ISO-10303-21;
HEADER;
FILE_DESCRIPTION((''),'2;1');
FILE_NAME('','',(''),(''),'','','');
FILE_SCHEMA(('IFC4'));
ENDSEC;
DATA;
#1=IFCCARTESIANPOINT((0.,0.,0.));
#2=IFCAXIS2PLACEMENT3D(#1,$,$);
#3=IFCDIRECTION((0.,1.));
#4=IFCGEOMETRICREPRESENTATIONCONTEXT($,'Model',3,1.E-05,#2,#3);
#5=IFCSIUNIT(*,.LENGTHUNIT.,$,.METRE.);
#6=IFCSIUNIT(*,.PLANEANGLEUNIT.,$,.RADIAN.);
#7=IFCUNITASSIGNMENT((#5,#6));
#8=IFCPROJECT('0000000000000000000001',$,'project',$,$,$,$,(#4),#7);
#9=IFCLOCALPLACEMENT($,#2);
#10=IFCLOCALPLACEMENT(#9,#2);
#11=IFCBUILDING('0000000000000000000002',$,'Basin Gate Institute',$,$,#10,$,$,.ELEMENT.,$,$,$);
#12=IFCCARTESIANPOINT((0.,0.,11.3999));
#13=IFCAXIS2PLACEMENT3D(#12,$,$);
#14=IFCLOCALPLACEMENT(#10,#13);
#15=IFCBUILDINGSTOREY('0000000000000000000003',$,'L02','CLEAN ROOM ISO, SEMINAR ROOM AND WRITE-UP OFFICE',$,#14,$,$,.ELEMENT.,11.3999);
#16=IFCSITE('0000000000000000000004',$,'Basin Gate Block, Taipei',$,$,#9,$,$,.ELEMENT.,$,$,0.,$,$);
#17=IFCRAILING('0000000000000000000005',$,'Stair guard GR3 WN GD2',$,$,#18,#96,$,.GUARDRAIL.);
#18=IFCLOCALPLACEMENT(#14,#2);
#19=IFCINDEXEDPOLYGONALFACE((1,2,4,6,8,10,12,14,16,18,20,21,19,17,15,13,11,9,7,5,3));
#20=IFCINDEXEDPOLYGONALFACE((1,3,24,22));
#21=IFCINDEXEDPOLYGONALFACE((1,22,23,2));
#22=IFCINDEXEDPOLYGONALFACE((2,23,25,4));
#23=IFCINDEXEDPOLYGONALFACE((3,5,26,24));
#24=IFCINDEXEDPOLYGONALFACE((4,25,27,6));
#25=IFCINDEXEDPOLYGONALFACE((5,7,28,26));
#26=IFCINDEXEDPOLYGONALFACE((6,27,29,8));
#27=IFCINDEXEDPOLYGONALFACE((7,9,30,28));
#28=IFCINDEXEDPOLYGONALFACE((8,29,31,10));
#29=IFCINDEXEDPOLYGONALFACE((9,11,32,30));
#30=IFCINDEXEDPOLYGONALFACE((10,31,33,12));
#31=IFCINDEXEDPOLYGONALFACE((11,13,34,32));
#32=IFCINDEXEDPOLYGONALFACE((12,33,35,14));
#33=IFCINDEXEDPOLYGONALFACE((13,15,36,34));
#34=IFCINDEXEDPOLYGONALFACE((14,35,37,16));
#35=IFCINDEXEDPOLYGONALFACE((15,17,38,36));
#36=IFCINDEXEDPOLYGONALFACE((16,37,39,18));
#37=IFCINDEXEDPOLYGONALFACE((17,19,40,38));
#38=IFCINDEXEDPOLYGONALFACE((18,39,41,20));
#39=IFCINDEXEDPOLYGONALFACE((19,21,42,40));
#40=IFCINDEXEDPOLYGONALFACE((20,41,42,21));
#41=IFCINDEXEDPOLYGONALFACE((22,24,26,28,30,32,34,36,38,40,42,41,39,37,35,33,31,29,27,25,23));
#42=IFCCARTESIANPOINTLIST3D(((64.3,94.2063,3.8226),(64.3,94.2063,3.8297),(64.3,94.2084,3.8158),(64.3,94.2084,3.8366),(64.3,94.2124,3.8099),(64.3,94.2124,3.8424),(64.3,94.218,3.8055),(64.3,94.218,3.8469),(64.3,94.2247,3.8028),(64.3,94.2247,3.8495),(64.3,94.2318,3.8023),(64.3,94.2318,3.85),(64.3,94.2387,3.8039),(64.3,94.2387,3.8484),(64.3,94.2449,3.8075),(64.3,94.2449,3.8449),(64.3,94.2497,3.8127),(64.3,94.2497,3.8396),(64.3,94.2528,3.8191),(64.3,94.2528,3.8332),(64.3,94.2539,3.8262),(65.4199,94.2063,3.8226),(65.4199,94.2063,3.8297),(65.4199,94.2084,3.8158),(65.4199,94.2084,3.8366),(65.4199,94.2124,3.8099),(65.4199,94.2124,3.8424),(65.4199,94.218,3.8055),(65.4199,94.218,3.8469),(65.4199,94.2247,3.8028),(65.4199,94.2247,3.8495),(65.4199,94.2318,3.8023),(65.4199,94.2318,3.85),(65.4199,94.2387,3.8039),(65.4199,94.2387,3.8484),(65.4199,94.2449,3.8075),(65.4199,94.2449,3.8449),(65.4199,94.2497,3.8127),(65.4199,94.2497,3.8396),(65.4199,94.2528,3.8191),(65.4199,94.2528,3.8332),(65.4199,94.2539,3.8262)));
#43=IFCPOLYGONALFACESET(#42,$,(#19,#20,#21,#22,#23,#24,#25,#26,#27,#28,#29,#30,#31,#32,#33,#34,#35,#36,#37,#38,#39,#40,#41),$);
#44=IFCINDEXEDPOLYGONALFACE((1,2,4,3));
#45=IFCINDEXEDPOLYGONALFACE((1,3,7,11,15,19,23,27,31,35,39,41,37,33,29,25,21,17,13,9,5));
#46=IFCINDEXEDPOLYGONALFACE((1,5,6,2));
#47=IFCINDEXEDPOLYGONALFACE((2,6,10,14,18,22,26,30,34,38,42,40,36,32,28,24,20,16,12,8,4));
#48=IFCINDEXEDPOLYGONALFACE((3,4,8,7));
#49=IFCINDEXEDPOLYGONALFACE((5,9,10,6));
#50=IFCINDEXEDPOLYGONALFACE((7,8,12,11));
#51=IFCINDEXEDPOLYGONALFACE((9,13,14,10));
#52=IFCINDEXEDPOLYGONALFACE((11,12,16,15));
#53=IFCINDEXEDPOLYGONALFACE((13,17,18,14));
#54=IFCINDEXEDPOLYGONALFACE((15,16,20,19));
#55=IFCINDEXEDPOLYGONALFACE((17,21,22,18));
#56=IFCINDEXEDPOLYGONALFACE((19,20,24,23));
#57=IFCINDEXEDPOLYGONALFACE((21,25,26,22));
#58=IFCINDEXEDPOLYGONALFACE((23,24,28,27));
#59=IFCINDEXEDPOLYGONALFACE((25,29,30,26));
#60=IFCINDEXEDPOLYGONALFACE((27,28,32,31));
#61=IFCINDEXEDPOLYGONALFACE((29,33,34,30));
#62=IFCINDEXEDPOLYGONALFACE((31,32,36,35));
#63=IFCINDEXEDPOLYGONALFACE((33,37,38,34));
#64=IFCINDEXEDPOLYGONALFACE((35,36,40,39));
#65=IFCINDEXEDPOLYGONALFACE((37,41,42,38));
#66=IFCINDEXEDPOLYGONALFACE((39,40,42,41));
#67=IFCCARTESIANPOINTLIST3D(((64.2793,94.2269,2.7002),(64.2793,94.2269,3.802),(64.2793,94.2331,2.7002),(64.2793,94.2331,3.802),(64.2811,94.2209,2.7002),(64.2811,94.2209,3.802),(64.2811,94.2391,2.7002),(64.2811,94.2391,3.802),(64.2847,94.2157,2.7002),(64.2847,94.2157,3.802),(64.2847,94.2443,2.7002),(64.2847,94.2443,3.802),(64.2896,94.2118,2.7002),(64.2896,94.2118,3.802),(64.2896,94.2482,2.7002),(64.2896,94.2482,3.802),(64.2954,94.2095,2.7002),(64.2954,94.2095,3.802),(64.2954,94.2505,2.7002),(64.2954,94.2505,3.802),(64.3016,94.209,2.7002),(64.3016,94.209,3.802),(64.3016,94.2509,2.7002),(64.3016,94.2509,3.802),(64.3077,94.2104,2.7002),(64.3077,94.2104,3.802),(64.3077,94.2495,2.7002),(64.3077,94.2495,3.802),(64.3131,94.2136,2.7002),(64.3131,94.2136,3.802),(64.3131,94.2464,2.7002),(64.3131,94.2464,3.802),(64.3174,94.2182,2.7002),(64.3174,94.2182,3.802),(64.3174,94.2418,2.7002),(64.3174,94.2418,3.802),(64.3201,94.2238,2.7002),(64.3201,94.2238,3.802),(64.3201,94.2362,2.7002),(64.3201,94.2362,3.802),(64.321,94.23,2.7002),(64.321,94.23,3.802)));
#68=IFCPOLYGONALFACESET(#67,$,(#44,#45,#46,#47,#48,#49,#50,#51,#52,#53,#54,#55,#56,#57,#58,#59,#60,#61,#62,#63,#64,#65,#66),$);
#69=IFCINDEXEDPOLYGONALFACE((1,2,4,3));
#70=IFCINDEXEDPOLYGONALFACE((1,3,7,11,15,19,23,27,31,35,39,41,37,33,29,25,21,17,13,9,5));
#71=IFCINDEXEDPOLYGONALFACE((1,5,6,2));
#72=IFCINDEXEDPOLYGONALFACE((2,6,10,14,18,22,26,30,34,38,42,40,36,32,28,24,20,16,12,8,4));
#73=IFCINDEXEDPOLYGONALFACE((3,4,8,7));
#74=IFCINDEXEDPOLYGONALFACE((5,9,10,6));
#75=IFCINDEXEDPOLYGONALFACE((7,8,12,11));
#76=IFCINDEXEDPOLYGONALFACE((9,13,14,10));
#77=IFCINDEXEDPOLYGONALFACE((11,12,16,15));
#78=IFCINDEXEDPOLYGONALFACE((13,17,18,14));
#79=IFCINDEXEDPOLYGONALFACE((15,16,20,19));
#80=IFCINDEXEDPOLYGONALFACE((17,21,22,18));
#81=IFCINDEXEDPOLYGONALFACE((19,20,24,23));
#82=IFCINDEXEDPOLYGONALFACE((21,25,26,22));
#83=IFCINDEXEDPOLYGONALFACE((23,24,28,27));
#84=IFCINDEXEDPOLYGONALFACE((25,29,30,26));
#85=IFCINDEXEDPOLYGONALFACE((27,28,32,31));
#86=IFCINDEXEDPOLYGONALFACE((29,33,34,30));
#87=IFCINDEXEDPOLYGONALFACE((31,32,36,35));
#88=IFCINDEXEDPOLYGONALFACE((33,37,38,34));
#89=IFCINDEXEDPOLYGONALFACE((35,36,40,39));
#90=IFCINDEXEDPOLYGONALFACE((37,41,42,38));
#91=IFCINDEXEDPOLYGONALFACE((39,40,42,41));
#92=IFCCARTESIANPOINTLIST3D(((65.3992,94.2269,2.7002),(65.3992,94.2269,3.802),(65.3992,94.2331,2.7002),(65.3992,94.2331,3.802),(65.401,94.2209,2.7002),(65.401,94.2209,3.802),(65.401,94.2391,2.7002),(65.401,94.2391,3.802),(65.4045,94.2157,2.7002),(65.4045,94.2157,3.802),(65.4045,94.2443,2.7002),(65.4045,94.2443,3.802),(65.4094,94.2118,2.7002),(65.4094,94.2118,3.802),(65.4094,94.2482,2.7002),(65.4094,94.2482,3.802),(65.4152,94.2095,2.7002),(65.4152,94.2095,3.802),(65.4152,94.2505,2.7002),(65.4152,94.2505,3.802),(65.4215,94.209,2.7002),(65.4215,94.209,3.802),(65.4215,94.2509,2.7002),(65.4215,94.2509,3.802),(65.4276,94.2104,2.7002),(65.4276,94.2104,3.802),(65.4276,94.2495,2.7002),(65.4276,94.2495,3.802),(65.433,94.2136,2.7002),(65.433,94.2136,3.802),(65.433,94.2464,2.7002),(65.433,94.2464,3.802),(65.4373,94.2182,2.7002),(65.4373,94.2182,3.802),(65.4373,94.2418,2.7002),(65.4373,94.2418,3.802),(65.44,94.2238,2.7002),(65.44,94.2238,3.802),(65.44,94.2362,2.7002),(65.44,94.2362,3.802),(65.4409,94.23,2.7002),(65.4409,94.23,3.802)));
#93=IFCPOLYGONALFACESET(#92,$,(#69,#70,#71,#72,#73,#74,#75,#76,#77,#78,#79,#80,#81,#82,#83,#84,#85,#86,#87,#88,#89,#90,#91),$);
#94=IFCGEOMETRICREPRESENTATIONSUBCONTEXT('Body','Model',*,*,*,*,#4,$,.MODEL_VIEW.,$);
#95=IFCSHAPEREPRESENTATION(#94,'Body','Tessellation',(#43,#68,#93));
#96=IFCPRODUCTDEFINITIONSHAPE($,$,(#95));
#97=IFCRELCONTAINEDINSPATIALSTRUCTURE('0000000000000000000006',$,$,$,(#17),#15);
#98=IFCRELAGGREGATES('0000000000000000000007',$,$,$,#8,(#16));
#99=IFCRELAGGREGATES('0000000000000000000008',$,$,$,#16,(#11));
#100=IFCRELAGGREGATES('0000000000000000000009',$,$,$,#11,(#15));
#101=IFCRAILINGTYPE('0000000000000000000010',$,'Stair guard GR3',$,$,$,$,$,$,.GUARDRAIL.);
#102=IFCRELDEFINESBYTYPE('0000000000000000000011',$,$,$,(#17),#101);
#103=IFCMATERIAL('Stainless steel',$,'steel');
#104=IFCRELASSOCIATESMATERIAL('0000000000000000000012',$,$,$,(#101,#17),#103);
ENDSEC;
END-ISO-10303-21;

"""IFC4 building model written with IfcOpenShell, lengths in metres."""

from ifc_helpers import new_model, si_unit, direction, frame, origin, origin_2d, place, context, subcontext, project, spatial, circle, extrude, material, type_object, element, save


model = new_model("IFC4")

# Units and contexts
model_context = context("Model", 3, precision=1e-05, world=origin(), true_north=direction((0.0, 1.0)))
body_context = subcontext(model_context, "Body", "Model", "MODEL_VIEW")
ifc_project = project(units=[si_unit("LENGTHUNIT", "METRE"), si_unit("PLANEANGLEUNIT", "RADIAN")], contexts=[model_context])

# Site, building, storey
site_placement = place(None, origin())
site = spatial("IfcSite", under=ifc_project, at=site_placement, Name="Basin Gate Block, Taipei", CompositionType="ELEMENT", RefElevation=0.0)
building_placement = place(site_placement, origin())
building = spatial("IfcBuilding", under=site, at=building_placement, Name="Basin Gate Institute", CompositionType="ELEMENT")
storey_placement = place(building_placement, frame((0.0, 0.0, 11.3999)))
storey = spatial("IfcBuildingStorey", under=building, at=storey_placement, Name="L02", Description="CLEAN ROOM ISO, SEMINAR ROOM AND WRITE-UP OFFICE", CompositionType="ELEMENT", Elevation=11.3999)

# Railing
ifc_material_1 = material(Name="Stainless steel", Category="steel")
railing_type_1 = type_object("IfcRailingType", Name="Stair guard GR3", PredefinedType="GUARDRAIL", material=ifc_material_1)
railing_1_placement = place(storey_placement, frame((64.3, 94.23, 2.7002)))
element("IfcRailing", 1, at=railing_1_placement, inside=storey, type_object=railing_type_1, material=ifc_material_1, Name="Stair guard GR3 WN GD2", PredefinedType="GUARDRAIL", context=body_context, shape_type="SweptSolid", body=[
    extrude(circle(Radius=0.0239, at=origin_2d()), frame((0.0, 0.0, 1.126), z_axis=(1.0, 0.0, 0.0), x_axis=(0.0, 1.0, 0.0)), (0.0, 0.0, 1.0), 1.1199),
    extrude(circle(Radius=0.021, at=origin_2d()), origin(), (0.0, 0.0, 1.0), 1.1018),
    extrude(circle(Radius=0.021, at=origin_2d()), frame((1.1199, 0.0, 0.0)), (0.0, 0.0, 1.0), 1.1018),
])

save(model, "model.ifc")
